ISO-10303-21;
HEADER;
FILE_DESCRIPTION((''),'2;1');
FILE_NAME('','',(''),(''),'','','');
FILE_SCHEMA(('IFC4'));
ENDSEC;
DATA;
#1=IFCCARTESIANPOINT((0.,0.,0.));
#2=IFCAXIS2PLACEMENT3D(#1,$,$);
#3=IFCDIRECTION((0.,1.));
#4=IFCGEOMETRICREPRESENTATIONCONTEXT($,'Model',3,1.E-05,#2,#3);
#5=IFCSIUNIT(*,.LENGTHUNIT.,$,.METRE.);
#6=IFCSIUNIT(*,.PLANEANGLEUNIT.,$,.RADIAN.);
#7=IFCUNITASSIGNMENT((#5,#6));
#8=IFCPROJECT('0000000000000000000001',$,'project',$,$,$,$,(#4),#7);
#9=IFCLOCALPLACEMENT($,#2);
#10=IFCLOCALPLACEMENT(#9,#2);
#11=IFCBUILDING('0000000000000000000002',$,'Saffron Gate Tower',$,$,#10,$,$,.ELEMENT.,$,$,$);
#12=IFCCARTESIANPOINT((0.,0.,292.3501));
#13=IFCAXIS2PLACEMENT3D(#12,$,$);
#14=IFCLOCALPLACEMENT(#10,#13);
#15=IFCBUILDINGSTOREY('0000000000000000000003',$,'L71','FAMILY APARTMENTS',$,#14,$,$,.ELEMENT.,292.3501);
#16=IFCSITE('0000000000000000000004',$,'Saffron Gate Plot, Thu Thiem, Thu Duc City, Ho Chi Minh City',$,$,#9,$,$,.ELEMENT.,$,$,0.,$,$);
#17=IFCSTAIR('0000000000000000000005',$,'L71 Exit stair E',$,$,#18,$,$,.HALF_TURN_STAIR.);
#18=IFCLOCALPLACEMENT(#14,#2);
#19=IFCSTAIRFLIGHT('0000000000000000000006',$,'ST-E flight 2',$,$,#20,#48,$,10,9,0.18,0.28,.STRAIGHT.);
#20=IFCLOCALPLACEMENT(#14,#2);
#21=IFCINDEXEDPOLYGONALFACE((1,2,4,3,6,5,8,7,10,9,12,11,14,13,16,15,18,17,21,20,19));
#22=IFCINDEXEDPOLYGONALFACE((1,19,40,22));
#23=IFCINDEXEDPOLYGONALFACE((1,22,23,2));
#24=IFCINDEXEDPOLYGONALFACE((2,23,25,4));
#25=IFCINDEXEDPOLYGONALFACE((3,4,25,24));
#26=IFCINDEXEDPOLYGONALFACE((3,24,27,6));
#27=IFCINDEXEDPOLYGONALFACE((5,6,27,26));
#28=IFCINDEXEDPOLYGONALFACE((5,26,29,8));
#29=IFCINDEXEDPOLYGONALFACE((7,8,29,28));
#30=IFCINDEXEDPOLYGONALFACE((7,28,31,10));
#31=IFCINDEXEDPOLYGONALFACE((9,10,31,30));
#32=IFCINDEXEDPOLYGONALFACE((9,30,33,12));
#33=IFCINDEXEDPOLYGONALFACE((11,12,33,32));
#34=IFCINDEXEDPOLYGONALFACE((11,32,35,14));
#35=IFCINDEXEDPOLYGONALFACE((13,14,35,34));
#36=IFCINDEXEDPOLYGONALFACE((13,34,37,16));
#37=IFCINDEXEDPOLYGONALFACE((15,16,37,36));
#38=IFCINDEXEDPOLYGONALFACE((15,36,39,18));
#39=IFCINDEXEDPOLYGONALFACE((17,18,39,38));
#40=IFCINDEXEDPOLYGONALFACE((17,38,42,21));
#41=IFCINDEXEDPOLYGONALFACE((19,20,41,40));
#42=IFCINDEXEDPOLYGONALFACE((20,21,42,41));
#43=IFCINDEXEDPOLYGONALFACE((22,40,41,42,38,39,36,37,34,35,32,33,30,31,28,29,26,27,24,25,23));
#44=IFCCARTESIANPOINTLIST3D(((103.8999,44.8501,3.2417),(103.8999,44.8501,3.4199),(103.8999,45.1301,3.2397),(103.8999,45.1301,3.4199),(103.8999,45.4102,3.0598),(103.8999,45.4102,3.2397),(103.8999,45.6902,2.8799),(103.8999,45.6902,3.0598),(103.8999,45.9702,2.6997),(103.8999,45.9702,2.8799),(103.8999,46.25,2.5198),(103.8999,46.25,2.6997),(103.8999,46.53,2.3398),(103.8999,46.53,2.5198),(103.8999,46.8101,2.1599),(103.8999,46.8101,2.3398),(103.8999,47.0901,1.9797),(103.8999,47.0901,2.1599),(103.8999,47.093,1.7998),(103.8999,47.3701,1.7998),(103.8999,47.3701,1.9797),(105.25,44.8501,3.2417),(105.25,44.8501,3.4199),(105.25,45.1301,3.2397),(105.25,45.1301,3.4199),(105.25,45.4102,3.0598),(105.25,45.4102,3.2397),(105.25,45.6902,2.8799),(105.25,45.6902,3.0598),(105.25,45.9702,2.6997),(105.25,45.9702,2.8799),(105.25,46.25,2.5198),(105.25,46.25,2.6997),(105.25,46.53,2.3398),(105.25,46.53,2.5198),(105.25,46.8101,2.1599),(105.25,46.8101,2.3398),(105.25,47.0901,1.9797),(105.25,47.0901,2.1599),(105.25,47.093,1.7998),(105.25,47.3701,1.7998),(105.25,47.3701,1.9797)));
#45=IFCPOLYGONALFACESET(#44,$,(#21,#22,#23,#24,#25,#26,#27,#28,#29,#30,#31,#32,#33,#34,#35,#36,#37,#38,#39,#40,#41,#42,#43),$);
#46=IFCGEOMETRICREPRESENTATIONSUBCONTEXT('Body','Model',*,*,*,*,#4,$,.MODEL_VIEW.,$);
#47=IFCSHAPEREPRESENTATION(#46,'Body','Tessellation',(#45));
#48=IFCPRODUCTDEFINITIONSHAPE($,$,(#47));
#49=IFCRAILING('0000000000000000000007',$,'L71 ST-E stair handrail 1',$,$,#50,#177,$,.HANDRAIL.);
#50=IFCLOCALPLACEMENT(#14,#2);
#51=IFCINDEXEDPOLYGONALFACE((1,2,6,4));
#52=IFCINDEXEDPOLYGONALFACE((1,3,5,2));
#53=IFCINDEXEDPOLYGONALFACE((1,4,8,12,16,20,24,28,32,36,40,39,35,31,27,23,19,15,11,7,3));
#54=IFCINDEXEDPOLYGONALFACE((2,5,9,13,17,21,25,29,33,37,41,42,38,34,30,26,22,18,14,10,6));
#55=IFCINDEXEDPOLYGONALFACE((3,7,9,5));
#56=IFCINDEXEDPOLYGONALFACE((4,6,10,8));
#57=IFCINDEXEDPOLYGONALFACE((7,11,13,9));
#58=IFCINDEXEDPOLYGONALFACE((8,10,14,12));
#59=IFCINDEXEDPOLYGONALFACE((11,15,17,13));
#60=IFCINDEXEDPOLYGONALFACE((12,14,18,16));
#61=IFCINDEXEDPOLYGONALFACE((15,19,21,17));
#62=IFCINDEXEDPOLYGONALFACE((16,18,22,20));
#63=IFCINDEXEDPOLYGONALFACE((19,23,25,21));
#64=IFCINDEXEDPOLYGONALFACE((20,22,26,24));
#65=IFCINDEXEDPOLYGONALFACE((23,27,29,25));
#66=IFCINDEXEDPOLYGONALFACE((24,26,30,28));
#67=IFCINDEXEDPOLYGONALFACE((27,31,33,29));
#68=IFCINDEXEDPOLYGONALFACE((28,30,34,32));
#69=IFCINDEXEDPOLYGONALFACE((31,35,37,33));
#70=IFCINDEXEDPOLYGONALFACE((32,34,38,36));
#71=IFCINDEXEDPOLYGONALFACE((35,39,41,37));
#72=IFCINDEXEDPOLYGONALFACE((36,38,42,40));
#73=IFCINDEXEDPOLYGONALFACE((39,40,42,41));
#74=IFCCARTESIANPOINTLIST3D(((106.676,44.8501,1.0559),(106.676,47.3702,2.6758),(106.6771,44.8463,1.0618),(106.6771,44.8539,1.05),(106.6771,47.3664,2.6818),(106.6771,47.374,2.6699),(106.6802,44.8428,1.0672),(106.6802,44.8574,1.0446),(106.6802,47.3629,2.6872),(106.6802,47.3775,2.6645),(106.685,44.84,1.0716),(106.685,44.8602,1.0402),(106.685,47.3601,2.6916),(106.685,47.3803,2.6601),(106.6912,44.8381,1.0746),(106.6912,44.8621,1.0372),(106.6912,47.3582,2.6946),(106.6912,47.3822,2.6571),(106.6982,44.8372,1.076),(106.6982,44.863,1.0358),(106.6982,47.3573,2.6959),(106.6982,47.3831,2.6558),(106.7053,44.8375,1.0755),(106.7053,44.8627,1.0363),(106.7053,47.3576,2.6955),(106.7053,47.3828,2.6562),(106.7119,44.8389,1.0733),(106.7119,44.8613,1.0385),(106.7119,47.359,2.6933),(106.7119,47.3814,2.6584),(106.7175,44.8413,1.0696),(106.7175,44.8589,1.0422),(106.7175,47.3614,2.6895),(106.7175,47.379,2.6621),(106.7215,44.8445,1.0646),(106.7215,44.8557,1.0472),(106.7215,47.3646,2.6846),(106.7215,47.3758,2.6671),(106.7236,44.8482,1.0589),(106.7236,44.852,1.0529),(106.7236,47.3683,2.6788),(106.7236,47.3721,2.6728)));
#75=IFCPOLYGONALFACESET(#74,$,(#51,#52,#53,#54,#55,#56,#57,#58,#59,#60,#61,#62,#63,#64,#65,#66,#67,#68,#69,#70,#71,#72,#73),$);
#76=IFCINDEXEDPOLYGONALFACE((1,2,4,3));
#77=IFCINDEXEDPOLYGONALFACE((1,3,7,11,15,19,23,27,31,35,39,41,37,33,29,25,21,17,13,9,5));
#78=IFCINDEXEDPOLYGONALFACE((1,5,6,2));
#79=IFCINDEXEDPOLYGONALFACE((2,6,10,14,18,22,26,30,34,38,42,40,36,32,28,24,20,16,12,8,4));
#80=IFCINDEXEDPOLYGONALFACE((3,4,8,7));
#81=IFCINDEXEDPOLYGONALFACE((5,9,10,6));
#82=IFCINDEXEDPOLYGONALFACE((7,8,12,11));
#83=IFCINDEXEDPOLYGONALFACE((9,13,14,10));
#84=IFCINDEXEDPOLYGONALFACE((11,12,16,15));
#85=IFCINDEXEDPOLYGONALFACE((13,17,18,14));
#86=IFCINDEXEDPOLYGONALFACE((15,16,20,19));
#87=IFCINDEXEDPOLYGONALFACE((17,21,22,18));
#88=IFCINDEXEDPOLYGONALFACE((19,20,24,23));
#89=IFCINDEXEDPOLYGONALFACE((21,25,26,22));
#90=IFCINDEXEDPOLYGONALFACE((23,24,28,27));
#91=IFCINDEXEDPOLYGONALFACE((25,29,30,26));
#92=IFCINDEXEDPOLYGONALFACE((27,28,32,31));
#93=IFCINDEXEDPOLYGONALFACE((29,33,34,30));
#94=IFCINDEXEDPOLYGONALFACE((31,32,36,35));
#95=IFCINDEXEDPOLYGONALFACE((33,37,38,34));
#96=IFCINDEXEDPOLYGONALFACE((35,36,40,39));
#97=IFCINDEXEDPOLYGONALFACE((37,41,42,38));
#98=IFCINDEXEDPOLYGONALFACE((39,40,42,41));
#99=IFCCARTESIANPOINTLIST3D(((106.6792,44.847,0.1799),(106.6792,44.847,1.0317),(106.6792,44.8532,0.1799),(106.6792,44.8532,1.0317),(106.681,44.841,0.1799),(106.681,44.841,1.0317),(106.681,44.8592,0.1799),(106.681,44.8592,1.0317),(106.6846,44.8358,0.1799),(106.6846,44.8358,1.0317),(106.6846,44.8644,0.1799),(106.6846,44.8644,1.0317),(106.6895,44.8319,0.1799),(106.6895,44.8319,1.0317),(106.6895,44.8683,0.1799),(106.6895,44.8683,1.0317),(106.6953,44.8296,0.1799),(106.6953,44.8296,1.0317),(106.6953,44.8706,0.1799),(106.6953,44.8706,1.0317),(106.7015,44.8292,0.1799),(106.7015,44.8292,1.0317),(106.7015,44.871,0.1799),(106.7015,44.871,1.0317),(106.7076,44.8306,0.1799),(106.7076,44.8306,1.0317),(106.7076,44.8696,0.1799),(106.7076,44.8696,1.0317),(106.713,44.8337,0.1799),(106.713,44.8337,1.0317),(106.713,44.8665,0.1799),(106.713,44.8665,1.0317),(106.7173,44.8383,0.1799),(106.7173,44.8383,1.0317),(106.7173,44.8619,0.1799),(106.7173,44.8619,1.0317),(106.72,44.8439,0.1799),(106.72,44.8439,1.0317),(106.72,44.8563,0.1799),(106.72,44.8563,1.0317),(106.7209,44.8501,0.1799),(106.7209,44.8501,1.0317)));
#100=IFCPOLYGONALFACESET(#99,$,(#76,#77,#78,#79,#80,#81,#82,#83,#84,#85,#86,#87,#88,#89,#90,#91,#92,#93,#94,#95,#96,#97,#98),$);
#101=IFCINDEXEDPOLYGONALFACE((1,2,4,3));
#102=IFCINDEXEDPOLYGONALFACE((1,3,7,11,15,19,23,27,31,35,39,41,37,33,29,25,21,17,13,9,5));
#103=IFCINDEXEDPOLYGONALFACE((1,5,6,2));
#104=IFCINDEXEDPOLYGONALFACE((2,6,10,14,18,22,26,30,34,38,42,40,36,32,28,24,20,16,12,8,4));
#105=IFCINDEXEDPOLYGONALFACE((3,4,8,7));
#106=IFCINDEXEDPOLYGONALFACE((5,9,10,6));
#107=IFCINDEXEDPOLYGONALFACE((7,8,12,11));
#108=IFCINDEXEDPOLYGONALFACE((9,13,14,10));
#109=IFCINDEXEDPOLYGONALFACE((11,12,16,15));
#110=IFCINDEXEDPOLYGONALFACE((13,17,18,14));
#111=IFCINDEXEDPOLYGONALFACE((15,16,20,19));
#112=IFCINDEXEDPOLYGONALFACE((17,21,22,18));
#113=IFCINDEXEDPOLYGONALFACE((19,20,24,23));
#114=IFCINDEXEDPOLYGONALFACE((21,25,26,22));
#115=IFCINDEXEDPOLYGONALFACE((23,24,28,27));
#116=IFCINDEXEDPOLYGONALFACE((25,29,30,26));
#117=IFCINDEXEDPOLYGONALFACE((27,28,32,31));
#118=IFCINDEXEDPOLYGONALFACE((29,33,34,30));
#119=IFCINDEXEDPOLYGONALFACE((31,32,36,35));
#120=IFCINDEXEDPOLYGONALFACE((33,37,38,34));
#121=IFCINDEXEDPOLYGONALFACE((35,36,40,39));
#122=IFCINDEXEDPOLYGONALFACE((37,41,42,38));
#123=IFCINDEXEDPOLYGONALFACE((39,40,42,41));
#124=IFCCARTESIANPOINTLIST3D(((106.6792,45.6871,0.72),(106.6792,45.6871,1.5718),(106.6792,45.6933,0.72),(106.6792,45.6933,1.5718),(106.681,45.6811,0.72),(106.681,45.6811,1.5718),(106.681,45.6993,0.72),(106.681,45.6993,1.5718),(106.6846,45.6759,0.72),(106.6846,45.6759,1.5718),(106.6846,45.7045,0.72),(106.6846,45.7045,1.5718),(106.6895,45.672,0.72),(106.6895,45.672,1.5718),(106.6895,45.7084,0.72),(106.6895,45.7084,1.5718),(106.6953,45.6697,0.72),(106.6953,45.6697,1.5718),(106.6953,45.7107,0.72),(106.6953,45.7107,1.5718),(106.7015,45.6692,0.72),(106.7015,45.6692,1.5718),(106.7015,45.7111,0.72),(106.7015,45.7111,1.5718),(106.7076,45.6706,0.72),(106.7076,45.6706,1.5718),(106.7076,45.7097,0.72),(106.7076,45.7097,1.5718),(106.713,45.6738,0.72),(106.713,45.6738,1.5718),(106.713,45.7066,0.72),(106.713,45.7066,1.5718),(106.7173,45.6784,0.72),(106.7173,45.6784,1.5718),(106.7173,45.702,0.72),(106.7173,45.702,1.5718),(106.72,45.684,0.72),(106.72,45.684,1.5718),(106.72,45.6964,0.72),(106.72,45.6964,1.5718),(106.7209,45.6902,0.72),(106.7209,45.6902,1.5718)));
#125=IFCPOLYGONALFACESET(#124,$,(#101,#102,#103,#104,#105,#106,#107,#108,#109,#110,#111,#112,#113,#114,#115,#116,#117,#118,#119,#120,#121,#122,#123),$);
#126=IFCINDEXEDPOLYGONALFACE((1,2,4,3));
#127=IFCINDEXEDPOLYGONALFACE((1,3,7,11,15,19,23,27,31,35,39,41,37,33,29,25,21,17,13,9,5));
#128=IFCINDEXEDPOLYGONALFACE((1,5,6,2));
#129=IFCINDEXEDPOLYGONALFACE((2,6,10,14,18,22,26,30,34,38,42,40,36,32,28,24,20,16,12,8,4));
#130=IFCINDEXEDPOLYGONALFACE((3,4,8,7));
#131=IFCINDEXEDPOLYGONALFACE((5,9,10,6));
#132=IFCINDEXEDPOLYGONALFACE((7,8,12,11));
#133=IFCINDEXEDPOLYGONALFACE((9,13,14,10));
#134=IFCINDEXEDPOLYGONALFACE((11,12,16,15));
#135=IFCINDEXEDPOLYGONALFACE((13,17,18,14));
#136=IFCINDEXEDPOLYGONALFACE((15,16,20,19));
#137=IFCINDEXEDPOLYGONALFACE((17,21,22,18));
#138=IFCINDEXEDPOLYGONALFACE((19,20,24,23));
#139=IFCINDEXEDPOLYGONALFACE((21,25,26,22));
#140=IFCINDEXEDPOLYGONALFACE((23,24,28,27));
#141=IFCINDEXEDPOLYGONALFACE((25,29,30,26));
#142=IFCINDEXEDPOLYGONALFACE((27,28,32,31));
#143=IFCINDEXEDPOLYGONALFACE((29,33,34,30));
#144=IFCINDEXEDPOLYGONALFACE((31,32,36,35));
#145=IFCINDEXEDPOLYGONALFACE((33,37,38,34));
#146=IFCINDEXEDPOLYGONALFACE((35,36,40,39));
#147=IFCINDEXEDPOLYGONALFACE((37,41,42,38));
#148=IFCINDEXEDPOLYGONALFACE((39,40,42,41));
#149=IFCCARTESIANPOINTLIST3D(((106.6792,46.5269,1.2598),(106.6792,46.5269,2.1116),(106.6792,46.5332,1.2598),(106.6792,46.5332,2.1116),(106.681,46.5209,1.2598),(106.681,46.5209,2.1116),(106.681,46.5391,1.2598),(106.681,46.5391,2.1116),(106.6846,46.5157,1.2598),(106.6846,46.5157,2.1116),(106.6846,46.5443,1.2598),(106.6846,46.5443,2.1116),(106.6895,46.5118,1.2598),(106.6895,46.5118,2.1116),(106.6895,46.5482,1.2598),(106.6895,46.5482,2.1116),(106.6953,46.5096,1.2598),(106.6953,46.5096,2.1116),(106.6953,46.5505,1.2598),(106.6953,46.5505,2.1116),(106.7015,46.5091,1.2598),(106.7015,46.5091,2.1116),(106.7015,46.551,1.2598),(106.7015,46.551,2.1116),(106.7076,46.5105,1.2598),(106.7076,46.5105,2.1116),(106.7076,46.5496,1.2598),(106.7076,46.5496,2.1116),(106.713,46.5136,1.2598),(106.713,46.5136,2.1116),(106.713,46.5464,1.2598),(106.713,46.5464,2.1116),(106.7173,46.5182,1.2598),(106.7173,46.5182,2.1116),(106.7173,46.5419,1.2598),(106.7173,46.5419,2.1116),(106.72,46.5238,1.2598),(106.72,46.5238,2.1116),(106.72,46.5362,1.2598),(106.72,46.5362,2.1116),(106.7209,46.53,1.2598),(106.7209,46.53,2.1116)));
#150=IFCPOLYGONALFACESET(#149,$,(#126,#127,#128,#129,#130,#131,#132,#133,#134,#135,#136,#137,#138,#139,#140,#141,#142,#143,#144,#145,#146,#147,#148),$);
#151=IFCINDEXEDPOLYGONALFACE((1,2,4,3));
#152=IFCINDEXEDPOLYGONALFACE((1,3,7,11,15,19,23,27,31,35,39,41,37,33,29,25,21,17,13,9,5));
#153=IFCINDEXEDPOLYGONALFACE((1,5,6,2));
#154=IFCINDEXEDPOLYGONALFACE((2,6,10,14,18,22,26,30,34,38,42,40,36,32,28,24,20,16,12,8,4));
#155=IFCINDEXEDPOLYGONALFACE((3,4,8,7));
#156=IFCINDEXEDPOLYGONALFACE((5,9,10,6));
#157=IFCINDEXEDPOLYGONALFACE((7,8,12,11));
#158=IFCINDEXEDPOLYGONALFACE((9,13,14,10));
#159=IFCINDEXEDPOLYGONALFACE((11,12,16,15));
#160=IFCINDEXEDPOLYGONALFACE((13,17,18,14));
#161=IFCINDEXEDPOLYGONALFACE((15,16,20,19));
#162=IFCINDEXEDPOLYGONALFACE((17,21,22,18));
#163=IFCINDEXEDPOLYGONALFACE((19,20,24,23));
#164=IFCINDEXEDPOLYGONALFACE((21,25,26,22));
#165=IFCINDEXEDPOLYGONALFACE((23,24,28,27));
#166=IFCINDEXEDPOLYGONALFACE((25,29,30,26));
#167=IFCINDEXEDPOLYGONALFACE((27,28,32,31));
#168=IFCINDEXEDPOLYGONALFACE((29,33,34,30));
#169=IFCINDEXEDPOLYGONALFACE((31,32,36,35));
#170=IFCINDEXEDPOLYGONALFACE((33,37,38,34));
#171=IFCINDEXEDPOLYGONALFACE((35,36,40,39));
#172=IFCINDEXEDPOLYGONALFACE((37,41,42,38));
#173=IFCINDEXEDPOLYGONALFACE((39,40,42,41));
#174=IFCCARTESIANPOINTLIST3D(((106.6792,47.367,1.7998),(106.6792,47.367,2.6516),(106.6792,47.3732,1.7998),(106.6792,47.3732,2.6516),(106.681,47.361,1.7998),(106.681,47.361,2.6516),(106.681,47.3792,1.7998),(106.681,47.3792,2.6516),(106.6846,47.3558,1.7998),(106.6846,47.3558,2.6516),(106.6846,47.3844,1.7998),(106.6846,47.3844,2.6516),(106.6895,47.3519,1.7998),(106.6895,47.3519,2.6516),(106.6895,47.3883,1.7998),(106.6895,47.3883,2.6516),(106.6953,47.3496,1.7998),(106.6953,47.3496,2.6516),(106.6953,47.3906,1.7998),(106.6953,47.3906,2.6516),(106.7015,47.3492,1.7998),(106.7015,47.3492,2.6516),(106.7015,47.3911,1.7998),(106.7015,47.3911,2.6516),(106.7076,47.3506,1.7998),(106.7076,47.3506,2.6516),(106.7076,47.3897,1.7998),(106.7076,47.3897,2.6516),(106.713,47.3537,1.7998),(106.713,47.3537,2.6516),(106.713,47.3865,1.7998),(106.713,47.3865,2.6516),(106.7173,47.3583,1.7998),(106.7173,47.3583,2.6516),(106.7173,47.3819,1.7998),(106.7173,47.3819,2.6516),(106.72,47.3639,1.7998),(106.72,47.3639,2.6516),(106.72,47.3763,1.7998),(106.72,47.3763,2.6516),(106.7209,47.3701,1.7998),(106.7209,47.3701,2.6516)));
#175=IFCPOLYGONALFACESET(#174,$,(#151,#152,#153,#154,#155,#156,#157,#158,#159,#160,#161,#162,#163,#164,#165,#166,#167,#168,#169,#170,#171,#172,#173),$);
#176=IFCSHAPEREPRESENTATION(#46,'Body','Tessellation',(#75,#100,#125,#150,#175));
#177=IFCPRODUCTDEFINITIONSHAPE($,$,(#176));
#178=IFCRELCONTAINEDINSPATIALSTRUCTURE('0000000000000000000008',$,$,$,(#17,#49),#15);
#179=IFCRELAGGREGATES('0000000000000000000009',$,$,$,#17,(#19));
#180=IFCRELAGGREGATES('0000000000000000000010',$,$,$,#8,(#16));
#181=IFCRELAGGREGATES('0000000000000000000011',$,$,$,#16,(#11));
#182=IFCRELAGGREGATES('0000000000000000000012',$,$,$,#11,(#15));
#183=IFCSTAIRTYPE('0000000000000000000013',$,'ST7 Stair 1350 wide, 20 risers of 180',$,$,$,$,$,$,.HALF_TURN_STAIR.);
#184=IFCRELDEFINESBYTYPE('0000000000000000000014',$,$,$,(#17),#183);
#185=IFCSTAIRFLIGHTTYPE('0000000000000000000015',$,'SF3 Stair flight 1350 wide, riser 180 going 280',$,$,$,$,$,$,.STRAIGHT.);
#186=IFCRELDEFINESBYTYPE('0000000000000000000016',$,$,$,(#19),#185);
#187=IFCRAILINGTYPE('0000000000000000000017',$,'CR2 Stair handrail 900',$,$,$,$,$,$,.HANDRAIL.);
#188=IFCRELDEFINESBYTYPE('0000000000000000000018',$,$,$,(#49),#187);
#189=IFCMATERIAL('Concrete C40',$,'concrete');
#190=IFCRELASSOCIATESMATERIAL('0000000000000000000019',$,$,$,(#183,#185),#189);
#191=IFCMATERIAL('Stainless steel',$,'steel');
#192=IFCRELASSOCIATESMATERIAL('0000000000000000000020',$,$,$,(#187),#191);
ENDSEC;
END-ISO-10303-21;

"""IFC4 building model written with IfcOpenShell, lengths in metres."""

from ifc_helpers import new_model, si_unit, direction, frame, origin, origin_2d, place, context, subcontext, project, spatial, polyline, circle, outline, extrude, material, type_object, element, aggregate, save


model = new_model("IFC4")

# Units and contexts
model_context = context("Model", 3, precision=1e-05, world=origin(), true_north=direction((0.0, 1.0)))
body_context = subcontext(model_context, "Body", "Model", "MODEL_VIEW")
ifc_project = project(units=[si_unit("LENGTHUNIT", "METRE"), si_unit("PLANEANGLEUNIT", "RADIAN")], contexts=[model_context])

# Site, building, storey
site_placement = place(None, origin())
site = spatial("IfcSite", under=ifc_project, at=site_placement, Name="Saffron Gate Plot, Thu Thiem, Thu Duc City, Ho Chi Minh City", CompositionType="ELEMENT", RefElevation=0.0)
building_placement = place(site_placement, origin())
building = spatial("IfcBuilding", under=site, at=building_placement, Name="Saffron Gate Tower", CompositionType="ELEMENT")
storey_placement = place(building_placement, frame((0.0, 0.0, 292.3501)))
storey = spatial("IfcBuildingStorey", under=building, at=storey_placement, Name="L71", Description="FAMILY APARTMENTS", CompositionType="ELEMENT", Elevation=292.3501)

# Shared definitions
ifc_material_1 = material(Name="Concrete C40", Category="concrete")

# Stair, stair flight
stair_type = type_object("IfcStairType", Name="ST7 Stair 1350 wide, 20 risers of 180", PredefinedType="HALF_TURN_STAIR", material=ifc_material_1)
stair_placement = place(storey_placement, origin())
stair = element("IfcStair", 1, at=stair_placement, inside=storey, type_object=stair_type, Name="L71 Exit stair E", PredefinedType="HALF_TURN_STAIR")
stair_flight_type = type_object("IfcStairFlightType", Name="SF3 Stair flight 1350 wide, riser 180 going 280", PredefinedType="STRAIGHT", material=ifc_material_1)
stair_flight_1_placement = place(storey_placement, frame((104.575, 47.3701, 1.7998), z_axis=(0.0, 0.0, 1.0), x_axis=(0.0, -1.0, 0.0)))
stair_flight_1 = element("IfcStairFlight", 2, at=stair_flight_1_placement, type_object=stair_flight_type, Name="ST-E flight 2", NumberOfRisers=10, NumberOfTreads=9, PredefinedType="STRAIGHT", RiserHeight=0.18, TreadLength=0.28, context=body_context, shape_type="SweptSolid", body=[
    extrude(outline(polyline([(0.0, 0.0), (0.0, 0.1799), (0.28, 0.1799), (0.28, 0.3601), (0.5601, 0.3601), (0.5601, 0.54), (0.8401, 0.54), (0.8401, 0.72), (1.1201, 0.72), (1.1201, 0.8999), (1.3999, 0.8999), (1.3999, 1.0801), (1.6799, 1.0801), (1.6799, 1.26), (1.96, 1.26), (1.96, 1.4399), (2.24, 1.4399), (2.24, 1.6201), (2.52, 1.6201), (2.52, 1.8), (2.52, 1.4419), (0.2771, 0.0), (0.0, 0.0)])), frame((0.0, 0.675, 0.0), z_axis=(0.0, -1.0, 0.0), x_axis=(1.0, 0.0, 0.0)), (0.0, 0.0, 1.0), 1.3501),
])
aggregate(stair, [stair_flight_1])

# Railing
ifc_material_2 = material(Name="Stainless steel", Category="steel")
railing_type_1 = type_object("IfcRailingType", Name="CR2 Stair handrail 900", PredefinedType="HANDRAIL", material=ifc_material_2)
railing_1_placement = place(storey_placement, frame((106.7, 44.8501, 0.1799)))
element("IfcRailing", 3, at=railing_1_placement, inside=storey, type_object=railing_type_1, Name="L71 ST-E stair handrail 1", PredefinedType="HANDRAIL", context=body_context, shape_type="SweptSolid", body=[
    extrude(circle(Radius=0.0239, at=origin_2d()), frame((0.0, 0.0, 0.876), z_axis=(0.0, 0.8412, 0.540725), x_axis=(-1.0, 0.0, 0.0)), (0.0, 0.0, 1.0), 2.9958),
    extrude(circle(Radius=0.021, at=origin_2d()), origin(), (0.0, 0.0, 1.0), 0.8518),
    extrude(circle(Radius=0.021, at=origin_2d()), frame((0.0, 0.8401, 0.54)), (0.0, 0.0, 1.0), 0.8518),
    extrude(circle(Radius=0.021, at=origin_2d()), frame((0.0, 1.6799, 1.0798)), (0.0, 0.0, 1.0), 0.8518),
    extrude(circle(Radius=0.021, at=origin_2d()), frame((0.0, 2.52, 1.6199)), (0.0, 0.0, 1.0), 0.8518),
])

save(model, "model.ifc")
